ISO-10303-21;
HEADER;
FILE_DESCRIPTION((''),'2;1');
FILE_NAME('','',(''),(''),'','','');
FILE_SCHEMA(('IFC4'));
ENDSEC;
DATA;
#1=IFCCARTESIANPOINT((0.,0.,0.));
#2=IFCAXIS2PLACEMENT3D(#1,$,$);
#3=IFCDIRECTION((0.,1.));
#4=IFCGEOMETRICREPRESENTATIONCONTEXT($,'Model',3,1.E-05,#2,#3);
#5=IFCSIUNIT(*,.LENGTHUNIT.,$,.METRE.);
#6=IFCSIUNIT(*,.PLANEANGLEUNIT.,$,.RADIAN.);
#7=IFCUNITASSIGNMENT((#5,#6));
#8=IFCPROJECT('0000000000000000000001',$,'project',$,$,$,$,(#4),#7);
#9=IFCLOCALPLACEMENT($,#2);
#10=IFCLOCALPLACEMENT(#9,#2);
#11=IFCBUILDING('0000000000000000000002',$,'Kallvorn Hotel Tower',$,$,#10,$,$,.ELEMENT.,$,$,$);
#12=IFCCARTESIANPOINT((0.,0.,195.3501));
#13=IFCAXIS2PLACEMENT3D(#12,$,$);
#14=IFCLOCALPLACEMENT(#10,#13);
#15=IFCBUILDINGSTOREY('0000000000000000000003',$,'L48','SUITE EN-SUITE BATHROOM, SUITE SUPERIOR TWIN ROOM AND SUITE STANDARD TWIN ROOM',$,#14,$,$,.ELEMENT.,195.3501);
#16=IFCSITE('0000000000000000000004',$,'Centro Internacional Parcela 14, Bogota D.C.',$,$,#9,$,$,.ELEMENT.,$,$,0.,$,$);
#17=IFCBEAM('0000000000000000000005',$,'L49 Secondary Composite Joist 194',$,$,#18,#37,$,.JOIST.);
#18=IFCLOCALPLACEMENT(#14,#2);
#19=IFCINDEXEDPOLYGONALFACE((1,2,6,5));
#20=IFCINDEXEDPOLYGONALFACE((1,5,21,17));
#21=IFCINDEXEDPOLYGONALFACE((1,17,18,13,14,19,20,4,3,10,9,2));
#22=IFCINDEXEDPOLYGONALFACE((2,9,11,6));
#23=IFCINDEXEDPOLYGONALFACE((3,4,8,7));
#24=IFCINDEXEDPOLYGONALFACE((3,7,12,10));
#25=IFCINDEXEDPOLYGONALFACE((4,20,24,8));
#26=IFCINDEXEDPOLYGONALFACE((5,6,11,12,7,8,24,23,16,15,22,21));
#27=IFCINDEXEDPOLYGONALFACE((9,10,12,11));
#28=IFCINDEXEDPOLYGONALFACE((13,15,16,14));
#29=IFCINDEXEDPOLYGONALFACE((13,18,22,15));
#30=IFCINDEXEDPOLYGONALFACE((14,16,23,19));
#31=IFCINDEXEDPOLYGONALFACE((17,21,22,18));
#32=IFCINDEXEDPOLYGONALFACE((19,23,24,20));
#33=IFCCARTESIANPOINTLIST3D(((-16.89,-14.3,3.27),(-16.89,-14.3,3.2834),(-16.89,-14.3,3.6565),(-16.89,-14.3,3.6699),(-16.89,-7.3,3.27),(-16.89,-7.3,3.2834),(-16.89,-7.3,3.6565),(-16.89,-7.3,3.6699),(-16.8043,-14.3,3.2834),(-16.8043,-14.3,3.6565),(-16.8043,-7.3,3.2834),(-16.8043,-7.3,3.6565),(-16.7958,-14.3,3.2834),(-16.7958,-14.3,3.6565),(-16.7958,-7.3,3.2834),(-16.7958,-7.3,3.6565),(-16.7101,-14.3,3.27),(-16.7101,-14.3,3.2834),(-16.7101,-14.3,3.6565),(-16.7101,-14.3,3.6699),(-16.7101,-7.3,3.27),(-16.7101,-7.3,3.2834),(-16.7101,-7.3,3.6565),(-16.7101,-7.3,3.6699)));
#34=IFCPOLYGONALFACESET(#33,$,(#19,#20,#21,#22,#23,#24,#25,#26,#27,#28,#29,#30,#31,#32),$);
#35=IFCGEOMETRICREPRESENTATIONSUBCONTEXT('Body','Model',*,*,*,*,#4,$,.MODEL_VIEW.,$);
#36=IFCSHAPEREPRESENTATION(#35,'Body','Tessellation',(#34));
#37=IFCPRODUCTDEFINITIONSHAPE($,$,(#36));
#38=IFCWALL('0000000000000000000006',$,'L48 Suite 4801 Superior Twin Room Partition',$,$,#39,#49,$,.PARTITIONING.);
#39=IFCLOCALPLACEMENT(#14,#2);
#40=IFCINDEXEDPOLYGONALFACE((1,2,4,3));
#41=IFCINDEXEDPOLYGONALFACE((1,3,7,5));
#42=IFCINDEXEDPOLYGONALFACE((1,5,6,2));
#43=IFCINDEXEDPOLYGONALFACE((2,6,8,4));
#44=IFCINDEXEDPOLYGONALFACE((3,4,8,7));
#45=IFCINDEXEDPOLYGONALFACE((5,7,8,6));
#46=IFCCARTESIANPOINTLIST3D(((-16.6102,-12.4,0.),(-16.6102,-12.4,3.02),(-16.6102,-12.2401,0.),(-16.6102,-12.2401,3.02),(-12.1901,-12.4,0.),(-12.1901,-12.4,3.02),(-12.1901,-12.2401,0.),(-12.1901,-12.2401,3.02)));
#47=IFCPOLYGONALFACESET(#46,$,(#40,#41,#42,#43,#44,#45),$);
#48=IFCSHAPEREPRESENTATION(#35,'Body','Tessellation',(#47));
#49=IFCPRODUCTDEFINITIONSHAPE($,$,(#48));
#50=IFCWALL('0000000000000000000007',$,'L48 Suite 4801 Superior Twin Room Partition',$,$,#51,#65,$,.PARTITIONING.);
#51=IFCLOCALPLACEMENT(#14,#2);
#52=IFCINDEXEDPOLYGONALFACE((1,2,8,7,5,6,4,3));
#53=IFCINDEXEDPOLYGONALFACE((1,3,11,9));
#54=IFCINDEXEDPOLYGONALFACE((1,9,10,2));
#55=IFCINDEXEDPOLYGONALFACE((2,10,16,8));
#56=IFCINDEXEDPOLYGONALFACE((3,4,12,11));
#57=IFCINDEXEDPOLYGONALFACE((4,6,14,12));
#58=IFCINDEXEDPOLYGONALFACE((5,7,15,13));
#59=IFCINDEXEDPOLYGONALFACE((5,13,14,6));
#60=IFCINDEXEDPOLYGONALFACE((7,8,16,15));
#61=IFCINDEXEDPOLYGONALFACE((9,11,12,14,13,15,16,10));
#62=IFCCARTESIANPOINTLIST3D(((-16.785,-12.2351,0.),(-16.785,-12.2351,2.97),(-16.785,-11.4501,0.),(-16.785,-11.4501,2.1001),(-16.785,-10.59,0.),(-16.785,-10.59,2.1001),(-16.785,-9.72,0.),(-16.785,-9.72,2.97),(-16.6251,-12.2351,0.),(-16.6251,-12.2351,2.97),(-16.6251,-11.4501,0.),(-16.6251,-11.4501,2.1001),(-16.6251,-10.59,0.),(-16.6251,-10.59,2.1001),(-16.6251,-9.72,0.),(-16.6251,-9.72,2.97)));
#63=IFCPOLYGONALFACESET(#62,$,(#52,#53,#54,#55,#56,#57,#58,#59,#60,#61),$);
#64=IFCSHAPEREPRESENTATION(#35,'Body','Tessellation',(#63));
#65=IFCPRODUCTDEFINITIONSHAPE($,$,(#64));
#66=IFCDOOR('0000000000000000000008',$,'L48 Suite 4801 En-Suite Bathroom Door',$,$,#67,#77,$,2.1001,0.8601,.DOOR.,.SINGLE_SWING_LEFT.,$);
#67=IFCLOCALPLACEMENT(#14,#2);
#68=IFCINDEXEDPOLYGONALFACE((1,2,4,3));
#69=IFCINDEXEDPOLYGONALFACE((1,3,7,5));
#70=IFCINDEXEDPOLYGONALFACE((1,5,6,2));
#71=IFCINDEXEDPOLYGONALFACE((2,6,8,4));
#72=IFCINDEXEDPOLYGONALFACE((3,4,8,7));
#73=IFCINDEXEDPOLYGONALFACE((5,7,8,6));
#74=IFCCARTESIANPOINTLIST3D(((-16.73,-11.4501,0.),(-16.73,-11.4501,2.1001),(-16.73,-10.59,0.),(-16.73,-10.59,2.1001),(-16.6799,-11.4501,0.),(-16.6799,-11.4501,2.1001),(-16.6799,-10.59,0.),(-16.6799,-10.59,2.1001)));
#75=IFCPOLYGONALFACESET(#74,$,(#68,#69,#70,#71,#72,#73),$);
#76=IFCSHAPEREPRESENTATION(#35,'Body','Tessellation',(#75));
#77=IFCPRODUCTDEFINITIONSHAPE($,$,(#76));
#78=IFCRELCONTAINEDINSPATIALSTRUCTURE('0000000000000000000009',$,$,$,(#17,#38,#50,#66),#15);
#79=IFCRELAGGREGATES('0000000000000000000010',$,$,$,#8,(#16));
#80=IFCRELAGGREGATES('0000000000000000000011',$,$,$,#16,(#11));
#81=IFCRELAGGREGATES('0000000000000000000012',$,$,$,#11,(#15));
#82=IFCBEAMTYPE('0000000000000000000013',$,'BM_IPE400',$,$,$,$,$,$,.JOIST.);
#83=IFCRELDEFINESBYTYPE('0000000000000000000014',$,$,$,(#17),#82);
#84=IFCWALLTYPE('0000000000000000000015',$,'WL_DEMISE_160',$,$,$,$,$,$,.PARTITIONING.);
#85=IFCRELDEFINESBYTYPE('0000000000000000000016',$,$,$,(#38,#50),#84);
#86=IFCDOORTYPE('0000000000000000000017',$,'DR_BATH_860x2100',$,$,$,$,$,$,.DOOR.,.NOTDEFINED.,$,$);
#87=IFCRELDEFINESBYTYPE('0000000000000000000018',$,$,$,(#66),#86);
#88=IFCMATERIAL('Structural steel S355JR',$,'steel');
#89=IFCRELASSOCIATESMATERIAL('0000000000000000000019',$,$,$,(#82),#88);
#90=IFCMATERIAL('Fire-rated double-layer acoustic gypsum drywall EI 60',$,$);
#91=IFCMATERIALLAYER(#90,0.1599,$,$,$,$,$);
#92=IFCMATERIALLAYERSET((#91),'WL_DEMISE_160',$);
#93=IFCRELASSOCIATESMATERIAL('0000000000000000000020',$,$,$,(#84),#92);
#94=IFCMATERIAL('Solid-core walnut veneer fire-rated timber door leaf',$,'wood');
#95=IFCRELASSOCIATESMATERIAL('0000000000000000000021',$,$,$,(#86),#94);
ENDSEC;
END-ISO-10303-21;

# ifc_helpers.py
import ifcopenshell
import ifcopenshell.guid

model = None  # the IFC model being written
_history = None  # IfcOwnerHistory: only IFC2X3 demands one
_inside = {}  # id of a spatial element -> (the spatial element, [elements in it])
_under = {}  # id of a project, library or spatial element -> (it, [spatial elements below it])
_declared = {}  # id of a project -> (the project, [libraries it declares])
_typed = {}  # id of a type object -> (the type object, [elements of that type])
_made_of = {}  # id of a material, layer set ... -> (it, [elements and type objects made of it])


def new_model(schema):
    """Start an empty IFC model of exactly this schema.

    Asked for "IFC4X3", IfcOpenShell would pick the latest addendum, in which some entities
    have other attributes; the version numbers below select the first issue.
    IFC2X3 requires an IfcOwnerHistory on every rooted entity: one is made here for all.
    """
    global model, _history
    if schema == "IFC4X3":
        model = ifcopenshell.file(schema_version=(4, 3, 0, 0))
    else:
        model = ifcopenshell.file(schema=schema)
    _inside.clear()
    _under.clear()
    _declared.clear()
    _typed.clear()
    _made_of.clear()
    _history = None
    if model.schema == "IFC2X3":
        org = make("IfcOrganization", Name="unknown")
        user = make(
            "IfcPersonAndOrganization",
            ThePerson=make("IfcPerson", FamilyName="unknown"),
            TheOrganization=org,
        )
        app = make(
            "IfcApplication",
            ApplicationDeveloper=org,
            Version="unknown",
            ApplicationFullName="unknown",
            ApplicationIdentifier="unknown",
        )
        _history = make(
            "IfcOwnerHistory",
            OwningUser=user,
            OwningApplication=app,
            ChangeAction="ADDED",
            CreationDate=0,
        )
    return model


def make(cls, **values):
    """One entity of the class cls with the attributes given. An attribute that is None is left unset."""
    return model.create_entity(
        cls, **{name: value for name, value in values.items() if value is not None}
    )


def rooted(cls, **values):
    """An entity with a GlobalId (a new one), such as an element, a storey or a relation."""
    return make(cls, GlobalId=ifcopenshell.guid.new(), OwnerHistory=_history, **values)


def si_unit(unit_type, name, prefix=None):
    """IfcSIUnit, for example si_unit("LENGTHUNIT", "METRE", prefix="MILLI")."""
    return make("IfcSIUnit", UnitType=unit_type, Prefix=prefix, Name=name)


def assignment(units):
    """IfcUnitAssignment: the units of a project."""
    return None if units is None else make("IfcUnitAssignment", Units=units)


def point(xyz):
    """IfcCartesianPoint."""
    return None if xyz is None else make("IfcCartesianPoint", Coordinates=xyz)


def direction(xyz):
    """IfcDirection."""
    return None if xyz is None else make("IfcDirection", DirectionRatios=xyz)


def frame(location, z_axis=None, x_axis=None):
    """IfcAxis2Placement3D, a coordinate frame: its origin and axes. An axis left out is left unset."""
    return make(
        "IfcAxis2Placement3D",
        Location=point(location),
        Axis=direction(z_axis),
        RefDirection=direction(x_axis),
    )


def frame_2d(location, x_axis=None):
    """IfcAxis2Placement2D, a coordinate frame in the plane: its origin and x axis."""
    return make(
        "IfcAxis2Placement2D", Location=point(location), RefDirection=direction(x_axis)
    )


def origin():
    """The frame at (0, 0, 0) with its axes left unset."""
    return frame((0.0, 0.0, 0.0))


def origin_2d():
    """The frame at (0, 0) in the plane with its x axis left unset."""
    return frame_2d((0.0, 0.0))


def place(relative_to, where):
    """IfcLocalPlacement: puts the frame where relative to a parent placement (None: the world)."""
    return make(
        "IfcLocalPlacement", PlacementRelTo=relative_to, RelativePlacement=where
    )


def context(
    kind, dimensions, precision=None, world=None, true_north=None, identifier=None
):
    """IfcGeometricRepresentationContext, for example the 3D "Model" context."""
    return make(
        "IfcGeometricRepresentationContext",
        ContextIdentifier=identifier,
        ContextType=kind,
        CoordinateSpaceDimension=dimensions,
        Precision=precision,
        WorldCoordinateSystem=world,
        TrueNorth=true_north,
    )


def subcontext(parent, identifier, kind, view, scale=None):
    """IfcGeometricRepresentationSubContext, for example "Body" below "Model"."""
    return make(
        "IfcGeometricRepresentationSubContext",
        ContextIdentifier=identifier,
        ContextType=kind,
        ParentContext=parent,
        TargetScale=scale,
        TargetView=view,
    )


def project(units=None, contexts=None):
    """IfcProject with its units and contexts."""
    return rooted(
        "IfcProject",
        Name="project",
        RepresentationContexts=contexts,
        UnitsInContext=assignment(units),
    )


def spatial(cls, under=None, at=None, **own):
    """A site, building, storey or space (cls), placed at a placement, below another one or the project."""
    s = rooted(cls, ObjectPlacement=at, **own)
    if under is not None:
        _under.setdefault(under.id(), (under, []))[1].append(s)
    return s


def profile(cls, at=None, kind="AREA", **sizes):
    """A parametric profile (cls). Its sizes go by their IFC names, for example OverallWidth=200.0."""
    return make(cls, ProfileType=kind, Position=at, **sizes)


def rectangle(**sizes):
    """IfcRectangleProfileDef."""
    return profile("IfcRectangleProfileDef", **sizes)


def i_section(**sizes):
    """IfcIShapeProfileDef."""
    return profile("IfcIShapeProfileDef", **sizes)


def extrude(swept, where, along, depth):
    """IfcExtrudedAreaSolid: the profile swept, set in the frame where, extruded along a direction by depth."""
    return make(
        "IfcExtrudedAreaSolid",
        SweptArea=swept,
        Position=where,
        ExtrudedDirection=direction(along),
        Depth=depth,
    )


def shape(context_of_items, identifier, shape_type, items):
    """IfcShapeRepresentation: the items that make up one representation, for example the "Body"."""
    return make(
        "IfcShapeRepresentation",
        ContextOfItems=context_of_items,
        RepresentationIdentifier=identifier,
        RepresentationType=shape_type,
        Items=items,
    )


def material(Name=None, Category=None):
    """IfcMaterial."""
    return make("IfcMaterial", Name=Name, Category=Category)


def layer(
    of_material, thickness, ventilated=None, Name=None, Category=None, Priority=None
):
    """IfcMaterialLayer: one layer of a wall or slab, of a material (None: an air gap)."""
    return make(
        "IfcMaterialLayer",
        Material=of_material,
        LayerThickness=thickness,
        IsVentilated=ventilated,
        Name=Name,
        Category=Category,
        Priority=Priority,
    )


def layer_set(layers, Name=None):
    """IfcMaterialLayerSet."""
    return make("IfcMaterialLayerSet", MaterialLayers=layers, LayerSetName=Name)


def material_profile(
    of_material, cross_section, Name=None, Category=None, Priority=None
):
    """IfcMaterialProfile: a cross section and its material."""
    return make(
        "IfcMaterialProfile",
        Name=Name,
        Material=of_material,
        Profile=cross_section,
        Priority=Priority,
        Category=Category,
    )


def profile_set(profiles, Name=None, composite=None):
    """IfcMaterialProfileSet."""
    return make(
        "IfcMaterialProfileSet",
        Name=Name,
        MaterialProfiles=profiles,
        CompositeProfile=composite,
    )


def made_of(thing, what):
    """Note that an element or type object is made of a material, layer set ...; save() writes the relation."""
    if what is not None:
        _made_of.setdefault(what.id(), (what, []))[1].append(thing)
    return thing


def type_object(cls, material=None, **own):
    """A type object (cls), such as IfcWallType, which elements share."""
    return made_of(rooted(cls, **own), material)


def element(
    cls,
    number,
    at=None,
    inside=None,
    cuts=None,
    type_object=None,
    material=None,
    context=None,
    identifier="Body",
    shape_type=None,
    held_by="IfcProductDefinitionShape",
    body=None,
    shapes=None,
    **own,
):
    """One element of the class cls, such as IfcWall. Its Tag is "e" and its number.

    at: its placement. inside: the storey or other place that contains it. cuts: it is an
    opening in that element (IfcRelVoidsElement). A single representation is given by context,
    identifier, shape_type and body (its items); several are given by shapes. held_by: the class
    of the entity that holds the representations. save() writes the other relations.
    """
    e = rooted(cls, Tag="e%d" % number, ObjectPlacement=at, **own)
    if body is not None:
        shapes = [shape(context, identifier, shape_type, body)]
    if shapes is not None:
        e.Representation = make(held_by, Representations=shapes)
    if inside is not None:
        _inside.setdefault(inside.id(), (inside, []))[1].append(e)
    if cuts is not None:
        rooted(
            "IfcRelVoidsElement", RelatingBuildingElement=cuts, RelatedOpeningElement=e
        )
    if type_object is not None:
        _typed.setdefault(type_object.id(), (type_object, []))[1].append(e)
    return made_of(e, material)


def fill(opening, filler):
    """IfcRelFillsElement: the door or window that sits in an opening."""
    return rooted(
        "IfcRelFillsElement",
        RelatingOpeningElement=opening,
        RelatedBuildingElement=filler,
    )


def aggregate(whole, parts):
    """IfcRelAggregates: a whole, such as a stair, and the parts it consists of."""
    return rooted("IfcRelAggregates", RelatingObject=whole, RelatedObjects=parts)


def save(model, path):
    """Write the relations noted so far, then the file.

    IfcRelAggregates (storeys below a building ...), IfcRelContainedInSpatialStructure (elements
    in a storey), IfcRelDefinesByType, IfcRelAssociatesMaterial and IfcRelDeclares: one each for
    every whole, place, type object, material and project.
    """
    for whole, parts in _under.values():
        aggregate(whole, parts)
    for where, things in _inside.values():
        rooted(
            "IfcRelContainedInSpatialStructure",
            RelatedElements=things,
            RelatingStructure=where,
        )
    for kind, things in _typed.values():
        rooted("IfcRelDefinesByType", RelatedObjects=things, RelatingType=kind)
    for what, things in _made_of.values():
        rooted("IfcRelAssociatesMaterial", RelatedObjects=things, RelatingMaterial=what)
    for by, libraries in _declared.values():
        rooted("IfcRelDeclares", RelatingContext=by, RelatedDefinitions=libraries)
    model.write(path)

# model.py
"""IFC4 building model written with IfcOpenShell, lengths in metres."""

from ifc_helpers import new_model, si_unit, direction, frame, frame_2d, origin, origin_2d, place, context, subcontext, project, spatial, rectangle, i_section, extrude, material, layer, layer_set, material_profile, profile_set, type_object, element, fill, save


model = new_model("IFC4")

# Units and contexts
model_context = context("Model", 3, precision=1e-05, world=origin(), true_north=direction((0.0, 1.0)))
body_context = subcontext(model_context, "Body", "Model", "MODEL_VIEW")
ifc_project = project(units=[si_unit("LENGTHUNIT", "METRE"), si_unit("PLANEANGLEUNIT", "RADIAN")], contexts=[model_context])

# Site, building, storey
site_placement = place(None, origin())
site = spatial("IfcSite", under=ifc_project, at=site_placement, Name="Centro Internacional Parcela 14, Bogota D.C.", CompositionType="ELEMENT", RefElevation=0.0)
building_placement = place(site_placement, origin())
building = spatial("IfcBuilding", under=site, at=building_placement, Name="Kallvorn Hotel Tower", CompositionType="ELEMENT")
storey_placement = place(building_placement, frame((0.0, 0.0, 195.3501)))
storey = spatial("IfcBuildingStorey", under=building, at=storey_placement, Name="L48", Description="SUITE EN-SUITE BATHROOM, SUITE SUPERIOR TWIN ROOM AND SUITE STANDARD TWIN ROOM", CompositionType="ELEMENT", Elevation=195.3501)

# Beam
ifc_material_1 = material(Name="Structural steel S355JR", Category="steel")
ifc_material_profile_1 = material_profile(ifc_material_1, i_section(OverallWidth=0.1799, OverallDepth=0.3999, WebThickness=0.0085, FlangeThickness=0.0134, at=origin_2d()), Name="IPE 400")
ifc_profile_set_1 = profile_set([ifc_material_profile_1], Name="Structural steel S355JR")
beam_type_1 = type_object("IfcBeamType", Name="BM_IPE400", PredefinedType="JOIST", material=ifc_profile_set_1)
for number, where, z_axis, x_axis, name in (
    (1, (-16.8, -14.3, 3.47), (0.0, 1.0, 0.0), (-1.0, 0.0, 0.0), "L49 Secondary Composite Joist 194"),
):
    element("IfcBeam", number, at=place(storey_placement, frame(where, z_axis=z_axis, x_axis=x_axis)), inside=storey, type_object=beam_type_1, Name=name, PredefinedType="JOIST", context=body_context, shape_type="SweptSolid", body=[
        extrude(i_section(OverallWidth=0.1799, OverallDepth=0.3999, WebThickness=0.0085, FlangeThickness=0.0134, at=origin_2d()), origin(), (0.0, 0.0, 1.0), 7.0),
    ])

# Wall
ifc_material_2 = material(Name="Fire-rated double-layer acoustic gypsum drywall EI 60")
ifc_layer = layer(ifc_material_2, 0.1599)
ifc_layer_set = layer_set([ifc_layer], Name="WL_DEMISE_160")
wall_type = type_object("IfcWallType", Name="WL_DEMISE_160", PredefinedType="PARTITIONING", material=ifc_layer_set)
wall_1_placement = place(storey_placement, frame((-16.6101, -12.3201, 0.0), z_axis=(0.0, 0.0, 1.0), x_axis=(1.0, 0.0, 0.0)))
element("IfcWall", 2, at=wall_1_placement, inside=storey, type_object=wall_type, Name="L48 Suite 4801 Superior Twin Room Partition", PredefinedType="PARTITIONING", context=body_context, shape_type="SweptSolid", body=[
    extrude(rectangle(XDim=4.4202, YDim=0.1599, at=frame_2d((2.21, 0.0))), origin(), (0.0, 0.0, 1.0), 3.02),
])

# Wall, opening, door
wall_2_placement = place(storey_placement, frame((-16.7051, -12.2351, 0.0), z_axis=(0.0, 0.0, 1.0), x_axis=(0.0, 1.0, 0.0)))
wall_2 = element("IfcWall", 3, at=wall_2_placement, inside=storey, type_object=wall_type, Name="L48 Suite 4801 Superior Twin Room Partition", PredefinedType="PARTITIONING", context=body_context, shape_type="SweptSolid", body=[
    extrude(rectangle(XDim=2.5151, YDim=0.1599, at=frame_2d((1.2576, 0.0))), origin(), (0.0, 0.0, 1.0), 2.97),
])
opening_placement = place(wall_2_placement, frame((0.7849, 0.0, 0.0)))
opening = element("IfcOpeningElement", 4, at=opening_placement, cuts=wall_2, PredefinedType="OPENING", context=body_context, shape_type="SweptSolid", body=[
    extrude(rectangle(XDim=0.8601, YDim=2.1001, at=frame_2d((0.4302, 1.05))), frame((0.0, 0.095, 0.0), z_axis=(0.0, -1.0, 0.0), x_axis=(1.0, 0.0, 0.0)), (0.0, 0.0, 1.0), 0.1899),
])
ifc_material_3 = material(Name="Solid-core walnut veneer fire-rated timber door leaf", Category="wood")
door_type = type_object("IfcDoorType", Name="DR_BATH_860x2100", OperationType="NOTDEFINED", PredefinedType="DOOR", material=ifc_material_3)
door_placement = place(opening_placement, origin())
door = element("IfcDoor", 5, at=door_placement, inside=storey, type_object=door_type, Name="L48 Suite 4801 En-Suite Bathroom Door", OperationType="SINGLE_SWING_LEFT", OverallHeight=2.1001, OverallWidth=0.8601, PredefinedType="DOOR", context=body_context, shape_type="SweptSolid", body=[
    extrude(rectangle(XDim=0.8601, YDim=2.1001, at=frame_2d((0.4302, 1.05))), frame((0.0, 0.0249, 0.0), z_axis=(0.0, -1.0, 0.0), x_axis=(1.0, 0.0, 0.0)), (0.0, 0.0, 1.0), 0.05),
])
fill(opening, door)

save(model, "model.ifc")
